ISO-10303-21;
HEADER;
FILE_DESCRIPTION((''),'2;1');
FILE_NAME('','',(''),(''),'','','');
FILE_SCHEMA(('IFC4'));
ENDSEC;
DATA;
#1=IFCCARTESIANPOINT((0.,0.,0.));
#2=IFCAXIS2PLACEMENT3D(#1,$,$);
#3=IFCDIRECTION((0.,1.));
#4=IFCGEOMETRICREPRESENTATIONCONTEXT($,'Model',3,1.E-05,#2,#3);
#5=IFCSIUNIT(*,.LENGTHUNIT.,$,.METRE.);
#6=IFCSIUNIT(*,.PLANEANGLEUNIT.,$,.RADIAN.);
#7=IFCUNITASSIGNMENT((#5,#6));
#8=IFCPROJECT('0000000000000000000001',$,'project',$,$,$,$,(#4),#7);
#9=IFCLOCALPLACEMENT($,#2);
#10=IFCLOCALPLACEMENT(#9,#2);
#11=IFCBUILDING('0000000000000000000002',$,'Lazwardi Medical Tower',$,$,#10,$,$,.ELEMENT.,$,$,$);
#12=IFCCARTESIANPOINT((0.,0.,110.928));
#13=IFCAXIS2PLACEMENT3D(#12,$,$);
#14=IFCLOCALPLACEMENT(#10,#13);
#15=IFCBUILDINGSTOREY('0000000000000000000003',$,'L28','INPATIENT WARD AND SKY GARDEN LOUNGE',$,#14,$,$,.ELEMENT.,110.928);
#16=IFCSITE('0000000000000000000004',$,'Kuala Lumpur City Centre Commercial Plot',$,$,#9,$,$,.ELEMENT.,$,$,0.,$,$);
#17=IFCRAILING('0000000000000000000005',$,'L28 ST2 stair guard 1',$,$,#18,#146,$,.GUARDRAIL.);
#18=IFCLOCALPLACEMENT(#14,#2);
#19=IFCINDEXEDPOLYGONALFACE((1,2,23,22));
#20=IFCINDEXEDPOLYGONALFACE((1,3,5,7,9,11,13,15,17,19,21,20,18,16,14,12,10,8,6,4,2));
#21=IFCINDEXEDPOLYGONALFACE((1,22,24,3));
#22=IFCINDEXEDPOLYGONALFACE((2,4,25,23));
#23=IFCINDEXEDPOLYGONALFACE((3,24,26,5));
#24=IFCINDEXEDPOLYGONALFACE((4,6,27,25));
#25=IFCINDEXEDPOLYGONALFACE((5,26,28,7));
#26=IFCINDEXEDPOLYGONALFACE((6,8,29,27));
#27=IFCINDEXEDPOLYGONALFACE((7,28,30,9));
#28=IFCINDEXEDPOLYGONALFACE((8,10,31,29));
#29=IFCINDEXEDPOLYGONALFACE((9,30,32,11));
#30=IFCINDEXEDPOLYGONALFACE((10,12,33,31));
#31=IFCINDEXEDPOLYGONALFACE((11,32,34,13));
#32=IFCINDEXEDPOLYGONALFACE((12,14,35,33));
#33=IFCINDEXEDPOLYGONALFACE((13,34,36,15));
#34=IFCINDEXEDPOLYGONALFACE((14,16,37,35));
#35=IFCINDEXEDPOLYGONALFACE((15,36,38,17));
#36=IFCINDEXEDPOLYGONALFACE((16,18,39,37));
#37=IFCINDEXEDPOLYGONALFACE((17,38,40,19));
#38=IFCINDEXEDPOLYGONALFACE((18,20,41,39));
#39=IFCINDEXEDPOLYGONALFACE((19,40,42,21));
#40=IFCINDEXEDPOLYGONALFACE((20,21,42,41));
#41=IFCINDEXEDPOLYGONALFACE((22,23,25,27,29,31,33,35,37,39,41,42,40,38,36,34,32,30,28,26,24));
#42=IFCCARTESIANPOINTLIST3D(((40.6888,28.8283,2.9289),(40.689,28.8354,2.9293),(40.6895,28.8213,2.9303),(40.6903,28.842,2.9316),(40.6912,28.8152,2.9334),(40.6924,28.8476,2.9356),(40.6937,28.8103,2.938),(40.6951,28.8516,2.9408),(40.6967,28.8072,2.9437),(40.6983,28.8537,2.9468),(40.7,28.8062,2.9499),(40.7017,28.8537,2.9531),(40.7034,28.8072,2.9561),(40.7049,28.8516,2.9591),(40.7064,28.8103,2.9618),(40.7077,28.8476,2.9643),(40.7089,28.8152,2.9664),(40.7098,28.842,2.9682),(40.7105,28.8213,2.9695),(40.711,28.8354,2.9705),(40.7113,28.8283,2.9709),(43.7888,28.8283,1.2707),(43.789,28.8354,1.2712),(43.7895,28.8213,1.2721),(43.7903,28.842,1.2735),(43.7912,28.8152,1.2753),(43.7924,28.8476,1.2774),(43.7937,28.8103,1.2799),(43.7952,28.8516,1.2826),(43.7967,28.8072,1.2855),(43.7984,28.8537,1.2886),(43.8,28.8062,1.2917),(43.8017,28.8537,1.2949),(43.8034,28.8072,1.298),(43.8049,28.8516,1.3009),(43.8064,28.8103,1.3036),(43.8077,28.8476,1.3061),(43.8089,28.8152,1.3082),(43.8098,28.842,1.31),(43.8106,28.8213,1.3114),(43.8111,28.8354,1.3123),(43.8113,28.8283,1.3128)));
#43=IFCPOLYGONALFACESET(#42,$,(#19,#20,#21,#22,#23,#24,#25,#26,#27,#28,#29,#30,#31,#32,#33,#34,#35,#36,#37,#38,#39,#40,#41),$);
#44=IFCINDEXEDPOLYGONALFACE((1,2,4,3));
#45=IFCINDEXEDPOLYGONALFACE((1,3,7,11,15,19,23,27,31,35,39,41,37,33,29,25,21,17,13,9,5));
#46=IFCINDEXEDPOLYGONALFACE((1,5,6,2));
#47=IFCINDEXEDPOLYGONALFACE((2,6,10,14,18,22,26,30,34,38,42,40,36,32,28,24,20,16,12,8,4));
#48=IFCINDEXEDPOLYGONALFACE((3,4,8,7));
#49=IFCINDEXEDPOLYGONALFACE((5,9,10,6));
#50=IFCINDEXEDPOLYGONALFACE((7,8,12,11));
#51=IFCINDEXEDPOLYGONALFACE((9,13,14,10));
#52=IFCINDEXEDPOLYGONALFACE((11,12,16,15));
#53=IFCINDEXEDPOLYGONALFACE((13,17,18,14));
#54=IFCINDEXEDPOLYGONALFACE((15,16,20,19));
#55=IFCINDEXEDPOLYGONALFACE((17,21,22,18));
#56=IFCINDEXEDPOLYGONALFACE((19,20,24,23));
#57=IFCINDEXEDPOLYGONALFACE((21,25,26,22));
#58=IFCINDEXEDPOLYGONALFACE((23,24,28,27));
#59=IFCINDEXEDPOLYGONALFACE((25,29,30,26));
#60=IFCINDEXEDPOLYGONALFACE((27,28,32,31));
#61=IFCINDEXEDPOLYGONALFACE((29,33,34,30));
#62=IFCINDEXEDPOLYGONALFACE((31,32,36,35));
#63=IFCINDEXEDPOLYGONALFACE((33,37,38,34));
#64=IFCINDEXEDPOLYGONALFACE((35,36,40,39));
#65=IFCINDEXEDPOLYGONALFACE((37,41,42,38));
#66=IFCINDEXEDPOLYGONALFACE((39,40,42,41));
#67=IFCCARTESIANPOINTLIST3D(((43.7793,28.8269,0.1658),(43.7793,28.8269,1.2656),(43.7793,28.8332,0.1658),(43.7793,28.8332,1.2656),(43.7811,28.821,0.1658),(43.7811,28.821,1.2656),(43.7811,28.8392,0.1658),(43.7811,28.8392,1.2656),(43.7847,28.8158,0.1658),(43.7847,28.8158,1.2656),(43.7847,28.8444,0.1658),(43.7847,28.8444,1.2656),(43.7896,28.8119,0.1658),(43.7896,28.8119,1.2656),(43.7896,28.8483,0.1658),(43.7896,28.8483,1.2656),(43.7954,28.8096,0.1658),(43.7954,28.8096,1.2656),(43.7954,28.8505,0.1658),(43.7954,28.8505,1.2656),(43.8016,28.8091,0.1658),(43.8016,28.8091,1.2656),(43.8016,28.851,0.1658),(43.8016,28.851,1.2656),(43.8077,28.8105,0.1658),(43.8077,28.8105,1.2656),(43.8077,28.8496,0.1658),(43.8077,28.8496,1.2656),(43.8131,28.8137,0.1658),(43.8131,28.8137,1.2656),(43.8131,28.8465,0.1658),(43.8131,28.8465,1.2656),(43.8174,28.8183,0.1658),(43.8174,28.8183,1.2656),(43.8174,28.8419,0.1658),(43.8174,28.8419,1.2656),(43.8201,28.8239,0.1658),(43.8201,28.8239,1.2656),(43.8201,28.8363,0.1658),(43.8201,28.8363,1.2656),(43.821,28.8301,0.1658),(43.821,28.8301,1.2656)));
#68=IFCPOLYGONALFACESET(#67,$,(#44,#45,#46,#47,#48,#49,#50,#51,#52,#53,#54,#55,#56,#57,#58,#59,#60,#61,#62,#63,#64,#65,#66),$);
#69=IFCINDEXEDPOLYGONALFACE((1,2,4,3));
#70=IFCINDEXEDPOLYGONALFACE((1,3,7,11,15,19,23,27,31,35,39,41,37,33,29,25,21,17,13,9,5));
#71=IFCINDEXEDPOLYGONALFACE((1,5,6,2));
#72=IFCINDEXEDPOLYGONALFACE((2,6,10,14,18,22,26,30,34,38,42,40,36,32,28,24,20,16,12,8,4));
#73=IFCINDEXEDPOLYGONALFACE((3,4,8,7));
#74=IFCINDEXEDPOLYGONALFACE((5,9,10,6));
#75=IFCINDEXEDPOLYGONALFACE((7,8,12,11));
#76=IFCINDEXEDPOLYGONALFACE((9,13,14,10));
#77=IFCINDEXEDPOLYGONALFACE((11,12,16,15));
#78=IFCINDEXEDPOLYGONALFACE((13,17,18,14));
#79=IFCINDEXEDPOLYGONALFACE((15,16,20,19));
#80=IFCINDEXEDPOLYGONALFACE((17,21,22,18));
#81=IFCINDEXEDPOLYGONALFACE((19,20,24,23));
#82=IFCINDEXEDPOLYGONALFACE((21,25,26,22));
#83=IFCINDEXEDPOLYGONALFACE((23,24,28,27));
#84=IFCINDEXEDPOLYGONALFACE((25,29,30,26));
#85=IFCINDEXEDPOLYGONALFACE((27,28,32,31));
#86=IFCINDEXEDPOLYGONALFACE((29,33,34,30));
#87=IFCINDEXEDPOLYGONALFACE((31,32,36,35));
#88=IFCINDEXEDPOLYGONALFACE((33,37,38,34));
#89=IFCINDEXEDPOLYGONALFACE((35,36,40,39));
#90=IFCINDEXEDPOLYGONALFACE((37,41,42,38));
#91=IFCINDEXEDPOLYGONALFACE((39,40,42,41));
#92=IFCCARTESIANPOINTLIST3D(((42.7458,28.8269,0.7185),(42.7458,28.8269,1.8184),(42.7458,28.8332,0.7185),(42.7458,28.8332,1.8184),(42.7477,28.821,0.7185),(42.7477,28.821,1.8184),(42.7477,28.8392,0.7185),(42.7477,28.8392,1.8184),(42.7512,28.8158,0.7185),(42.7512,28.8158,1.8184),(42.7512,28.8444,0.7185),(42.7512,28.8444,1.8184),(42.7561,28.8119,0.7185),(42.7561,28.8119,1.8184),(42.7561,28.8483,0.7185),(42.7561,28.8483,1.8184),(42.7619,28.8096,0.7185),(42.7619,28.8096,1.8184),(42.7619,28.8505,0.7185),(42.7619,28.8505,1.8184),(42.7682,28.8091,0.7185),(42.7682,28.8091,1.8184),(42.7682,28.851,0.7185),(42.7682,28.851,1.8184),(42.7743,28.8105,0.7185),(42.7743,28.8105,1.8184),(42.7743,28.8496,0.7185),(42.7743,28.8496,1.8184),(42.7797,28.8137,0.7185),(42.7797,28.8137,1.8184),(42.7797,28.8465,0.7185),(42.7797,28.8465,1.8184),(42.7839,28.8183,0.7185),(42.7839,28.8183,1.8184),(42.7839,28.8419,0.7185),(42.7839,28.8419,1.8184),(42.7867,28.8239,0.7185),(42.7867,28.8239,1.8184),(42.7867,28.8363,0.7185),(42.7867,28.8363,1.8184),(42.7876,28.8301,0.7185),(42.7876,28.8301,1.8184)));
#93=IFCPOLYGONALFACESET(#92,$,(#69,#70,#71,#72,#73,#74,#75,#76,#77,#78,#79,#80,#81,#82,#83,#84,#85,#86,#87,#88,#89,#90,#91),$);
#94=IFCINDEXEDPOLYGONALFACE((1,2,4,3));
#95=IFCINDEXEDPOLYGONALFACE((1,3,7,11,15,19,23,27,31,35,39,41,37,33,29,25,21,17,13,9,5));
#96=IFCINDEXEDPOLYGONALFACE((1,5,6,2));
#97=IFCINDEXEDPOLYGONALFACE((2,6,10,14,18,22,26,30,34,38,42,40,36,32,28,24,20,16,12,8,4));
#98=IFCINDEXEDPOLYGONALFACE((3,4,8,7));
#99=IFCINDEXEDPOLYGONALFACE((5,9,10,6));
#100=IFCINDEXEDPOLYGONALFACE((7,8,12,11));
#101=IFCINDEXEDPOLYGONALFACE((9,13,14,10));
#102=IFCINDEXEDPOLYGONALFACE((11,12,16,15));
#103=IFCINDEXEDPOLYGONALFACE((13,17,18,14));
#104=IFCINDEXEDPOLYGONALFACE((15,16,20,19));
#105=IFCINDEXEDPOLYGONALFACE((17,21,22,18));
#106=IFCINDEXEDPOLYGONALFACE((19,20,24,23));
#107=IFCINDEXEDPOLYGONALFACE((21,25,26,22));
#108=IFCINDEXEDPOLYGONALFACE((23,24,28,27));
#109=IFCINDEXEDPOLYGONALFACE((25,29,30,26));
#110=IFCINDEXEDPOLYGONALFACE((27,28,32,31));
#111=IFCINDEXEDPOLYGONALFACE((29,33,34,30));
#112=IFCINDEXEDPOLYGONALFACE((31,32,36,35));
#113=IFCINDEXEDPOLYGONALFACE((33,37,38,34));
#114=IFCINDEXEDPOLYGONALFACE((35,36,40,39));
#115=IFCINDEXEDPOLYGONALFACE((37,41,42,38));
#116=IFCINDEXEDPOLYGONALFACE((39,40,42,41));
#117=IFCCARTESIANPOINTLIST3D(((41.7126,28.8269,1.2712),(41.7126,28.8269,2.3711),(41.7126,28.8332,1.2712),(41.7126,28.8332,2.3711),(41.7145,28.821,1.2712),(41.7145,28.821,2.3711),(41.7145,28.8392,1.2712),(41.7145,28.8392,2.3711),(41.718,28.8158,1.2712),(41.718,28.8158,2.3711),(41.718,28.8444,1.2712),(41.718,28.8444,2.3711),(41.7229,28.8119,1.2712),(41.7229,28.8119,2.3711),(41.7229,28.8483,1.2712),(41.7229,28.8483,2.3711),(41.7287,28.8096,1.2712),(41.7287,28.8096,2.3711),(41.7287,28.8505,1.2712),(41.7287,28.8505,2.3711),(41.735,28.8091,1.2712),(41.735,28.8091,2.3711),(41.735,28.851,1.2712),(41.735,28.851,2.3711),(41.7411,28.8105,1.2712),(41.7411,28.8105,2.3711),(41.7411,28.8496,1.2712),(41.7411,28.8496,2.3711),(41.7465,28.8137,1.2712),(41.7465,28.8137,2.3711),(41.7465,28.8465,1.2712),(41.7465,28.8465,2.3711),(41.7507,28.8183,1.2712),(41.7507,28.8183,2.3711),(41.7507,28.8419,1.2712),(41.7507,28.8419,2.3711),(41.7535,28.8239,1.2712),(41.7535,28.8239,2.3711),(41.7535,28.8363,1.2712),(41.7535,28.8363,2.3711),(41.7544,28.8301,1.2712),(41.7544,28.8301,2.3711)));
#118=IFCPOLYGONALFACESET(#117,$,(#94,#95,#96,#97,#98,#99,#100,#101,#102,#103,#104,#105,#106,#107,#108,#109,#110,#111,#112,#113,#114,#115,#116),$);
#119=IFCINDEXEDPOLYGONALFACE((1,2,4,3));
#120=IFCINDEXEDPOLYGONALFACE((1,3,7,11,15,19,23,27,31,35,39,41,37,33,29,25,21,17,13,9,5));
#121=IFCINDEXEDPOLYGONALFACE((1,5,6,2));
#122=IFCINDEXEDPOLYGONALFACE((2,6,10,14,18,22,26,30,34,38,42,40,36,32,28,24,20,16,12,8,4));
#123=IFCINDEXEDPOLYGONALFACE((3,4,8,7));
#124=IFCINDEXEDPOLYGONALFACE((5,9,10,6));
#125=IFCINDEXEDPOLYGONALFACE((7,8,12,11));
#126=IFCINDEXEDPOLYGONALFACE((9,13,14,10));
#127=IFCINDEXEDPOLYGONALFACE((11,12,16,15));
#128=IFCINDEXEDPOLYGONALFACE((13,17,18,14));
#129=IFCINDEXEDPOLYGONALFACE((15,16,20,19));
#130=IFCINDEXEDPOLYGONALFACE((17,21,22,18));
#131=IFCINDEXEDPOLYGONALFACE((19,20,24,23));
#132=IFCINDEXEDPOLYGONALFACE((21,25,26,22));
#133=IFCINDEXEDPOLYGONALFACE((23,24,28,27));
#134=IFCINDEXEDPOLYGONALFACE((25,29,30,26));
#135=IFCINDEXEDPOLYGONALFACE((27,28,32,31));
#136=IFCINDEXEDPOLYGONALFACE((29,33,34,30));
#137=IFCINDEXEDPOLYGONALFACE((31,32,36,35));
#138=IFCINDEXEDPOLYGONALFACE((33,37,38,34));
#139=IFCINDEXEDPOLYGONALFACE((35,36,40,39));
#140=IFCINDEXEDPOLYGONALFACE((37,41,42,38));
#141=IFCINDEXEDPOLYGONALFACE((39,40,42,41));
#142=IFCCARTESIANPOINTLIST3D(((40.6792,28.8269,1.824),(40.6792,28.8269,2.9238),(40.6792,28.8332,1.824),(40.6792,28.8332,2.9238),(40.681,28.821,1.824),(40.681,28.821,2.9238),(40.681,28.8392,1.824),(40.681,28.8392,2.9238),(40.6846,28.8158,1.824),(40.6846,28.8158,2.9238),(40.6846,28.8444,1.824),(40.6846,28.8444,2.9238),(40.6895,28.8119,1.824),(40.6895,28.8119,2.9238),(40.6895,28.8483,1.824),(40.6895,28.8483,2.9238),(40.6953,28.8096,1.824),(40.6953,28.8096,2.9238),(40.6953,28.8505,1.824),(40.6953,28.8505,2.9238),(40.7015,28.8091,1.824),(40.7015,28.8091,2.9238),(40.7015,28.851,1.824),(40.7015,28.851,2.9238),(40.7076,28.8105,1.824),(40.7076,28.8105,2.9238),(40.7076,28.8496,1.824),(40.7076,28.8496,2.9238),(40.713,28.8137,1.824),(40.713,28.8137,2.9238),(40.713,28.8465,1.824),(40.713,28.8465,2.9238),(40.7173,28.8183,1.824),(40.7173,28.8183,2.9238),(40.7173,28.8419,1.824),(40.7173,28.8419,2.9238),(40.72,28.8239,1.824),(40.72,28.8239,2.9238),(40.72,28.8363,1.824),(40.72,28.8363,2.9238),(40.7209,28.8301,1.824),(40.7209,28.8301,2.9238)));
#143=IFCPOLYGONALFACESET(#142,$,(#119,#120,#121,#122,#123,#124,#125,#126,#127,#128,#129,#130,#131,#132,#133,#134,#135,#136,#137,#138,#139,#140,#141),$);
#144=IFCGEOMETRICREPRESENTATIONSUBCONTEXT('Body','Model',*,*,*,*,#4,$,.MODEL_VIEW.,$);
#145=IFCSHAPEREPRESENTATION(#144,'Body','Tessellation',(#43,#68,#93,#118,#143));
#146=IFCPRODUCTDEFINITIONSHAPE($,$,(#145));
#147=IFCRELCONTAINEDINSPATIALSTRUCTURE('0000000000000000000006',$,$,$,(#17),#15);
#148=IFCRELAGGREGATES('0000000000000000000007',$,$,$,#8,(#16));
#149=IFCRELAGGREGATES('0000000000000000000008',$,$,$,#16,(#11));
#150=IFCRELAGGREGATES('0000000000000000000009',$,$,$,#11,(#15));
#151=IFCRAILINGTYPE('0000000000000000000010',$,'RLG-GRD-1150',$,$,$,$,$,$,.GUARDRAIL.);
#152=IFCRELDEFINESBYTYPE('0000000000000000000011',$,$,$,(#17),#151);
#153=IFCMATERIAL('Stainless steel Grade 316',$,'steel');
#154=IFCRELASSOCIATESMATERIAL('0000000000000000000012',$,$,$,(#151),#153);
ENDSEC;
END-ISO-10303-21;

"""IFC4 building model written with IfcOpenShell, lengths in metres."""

from ifc_helpers import new_model, si_unit, direction, frame, origin, origin_2d, place, context, subcontext, project, spatial, circle, extrude, material, type_object, element, save


model = new_model("IFC4")

# Units and contexts
model_context = context("Model", 3, precision=1e-05, world=origin(), true_north=direction((0.0, 1.0)))
body_context = subcontext(model_context, "Body", "Model", "MODEL_VIEW")
ifc_project = project(units=[si_unit("LENGTHUNIT", "METRE"), si_unit("PLANEANGLEUNIT", "RADIAN")], contexts=[model_context])

# Site, building, storey
site_placement = place(None, origin())
site = spatial("IfcSite", under=ifc_project, at=site_placement, Name="Kuala Lumpur City Centre Commercial Plot", CompositionType="ELEMENT", RefElevation=0.0)
building_placement = place(site_placement, origin())
building = spatial("IfcBuilding", under=site, at=building_placement, Name="Lazwardi Medical Tower", CompositionType="ELEMENT")
storey_placement = place(building_placement, frame((0.0, 0.0, 110.928)))
storey = spatial("IfcBuildingStorey", under=building, at=storey_placement, Name="L28", Description="INPATIENT WARD AND SKY GARDEN LOUNGE", CompositionType="ELEMENT", Elevation=110.928)

# Railing
ifc_material_1 = material(Name="Stainless steel Grade 316", Category="steel")
railing_type_1 = type_object("IfcRailingType", Name="RLG-GRD-1150", PredefinedType="GUARDRAIL", material=ifc_material_1)
railing_1_placement = place(storey_placement, frame((43.8, 28.8301, 0.1658)))
element("IfcRailing", 1, at=railing_1_placement, inside=storey, type_object=railing_type_1, Name="L28 ST2 stair guard 1", PredefinedType="GUARDRAIL", context=body_context, shape_type="SweptSolid", body=[
    extrude(circle(Radius=0.0239, at=origin_2d()), frame((0.0, 0.0, 1.126), z_axis=(-0.881783, 0.0, 0.471655), x_axis=(0.0, -1.0, 0.0)), (0.0, 0.0, 1.0), 3.5156),
    extrude(circle(Radius=0.021, at=origin_2d()), origin(), (0.0, 0.0, 1.0), 1.0999),
    extrude(circle(Radius=0.021, at=origin_2d()), frame((-1.0334, 0.0, 0.5527)), (0.0, 0.0, 1.0), 1.0999),
    extrude(circle(Radius=0.021, at=origin_2d()), frame((-2.0667, 0.0, 1.1055)), (0.0, 0.0, 1.0), 1.0999),
    extrude(circle(Radius=0.021, at=origin_2d()), frame((-3.1001, 0.0, 1.6582)), (0.0, 0.0, 1.0), 1.0999),
])

save(model, "model.ifc")
